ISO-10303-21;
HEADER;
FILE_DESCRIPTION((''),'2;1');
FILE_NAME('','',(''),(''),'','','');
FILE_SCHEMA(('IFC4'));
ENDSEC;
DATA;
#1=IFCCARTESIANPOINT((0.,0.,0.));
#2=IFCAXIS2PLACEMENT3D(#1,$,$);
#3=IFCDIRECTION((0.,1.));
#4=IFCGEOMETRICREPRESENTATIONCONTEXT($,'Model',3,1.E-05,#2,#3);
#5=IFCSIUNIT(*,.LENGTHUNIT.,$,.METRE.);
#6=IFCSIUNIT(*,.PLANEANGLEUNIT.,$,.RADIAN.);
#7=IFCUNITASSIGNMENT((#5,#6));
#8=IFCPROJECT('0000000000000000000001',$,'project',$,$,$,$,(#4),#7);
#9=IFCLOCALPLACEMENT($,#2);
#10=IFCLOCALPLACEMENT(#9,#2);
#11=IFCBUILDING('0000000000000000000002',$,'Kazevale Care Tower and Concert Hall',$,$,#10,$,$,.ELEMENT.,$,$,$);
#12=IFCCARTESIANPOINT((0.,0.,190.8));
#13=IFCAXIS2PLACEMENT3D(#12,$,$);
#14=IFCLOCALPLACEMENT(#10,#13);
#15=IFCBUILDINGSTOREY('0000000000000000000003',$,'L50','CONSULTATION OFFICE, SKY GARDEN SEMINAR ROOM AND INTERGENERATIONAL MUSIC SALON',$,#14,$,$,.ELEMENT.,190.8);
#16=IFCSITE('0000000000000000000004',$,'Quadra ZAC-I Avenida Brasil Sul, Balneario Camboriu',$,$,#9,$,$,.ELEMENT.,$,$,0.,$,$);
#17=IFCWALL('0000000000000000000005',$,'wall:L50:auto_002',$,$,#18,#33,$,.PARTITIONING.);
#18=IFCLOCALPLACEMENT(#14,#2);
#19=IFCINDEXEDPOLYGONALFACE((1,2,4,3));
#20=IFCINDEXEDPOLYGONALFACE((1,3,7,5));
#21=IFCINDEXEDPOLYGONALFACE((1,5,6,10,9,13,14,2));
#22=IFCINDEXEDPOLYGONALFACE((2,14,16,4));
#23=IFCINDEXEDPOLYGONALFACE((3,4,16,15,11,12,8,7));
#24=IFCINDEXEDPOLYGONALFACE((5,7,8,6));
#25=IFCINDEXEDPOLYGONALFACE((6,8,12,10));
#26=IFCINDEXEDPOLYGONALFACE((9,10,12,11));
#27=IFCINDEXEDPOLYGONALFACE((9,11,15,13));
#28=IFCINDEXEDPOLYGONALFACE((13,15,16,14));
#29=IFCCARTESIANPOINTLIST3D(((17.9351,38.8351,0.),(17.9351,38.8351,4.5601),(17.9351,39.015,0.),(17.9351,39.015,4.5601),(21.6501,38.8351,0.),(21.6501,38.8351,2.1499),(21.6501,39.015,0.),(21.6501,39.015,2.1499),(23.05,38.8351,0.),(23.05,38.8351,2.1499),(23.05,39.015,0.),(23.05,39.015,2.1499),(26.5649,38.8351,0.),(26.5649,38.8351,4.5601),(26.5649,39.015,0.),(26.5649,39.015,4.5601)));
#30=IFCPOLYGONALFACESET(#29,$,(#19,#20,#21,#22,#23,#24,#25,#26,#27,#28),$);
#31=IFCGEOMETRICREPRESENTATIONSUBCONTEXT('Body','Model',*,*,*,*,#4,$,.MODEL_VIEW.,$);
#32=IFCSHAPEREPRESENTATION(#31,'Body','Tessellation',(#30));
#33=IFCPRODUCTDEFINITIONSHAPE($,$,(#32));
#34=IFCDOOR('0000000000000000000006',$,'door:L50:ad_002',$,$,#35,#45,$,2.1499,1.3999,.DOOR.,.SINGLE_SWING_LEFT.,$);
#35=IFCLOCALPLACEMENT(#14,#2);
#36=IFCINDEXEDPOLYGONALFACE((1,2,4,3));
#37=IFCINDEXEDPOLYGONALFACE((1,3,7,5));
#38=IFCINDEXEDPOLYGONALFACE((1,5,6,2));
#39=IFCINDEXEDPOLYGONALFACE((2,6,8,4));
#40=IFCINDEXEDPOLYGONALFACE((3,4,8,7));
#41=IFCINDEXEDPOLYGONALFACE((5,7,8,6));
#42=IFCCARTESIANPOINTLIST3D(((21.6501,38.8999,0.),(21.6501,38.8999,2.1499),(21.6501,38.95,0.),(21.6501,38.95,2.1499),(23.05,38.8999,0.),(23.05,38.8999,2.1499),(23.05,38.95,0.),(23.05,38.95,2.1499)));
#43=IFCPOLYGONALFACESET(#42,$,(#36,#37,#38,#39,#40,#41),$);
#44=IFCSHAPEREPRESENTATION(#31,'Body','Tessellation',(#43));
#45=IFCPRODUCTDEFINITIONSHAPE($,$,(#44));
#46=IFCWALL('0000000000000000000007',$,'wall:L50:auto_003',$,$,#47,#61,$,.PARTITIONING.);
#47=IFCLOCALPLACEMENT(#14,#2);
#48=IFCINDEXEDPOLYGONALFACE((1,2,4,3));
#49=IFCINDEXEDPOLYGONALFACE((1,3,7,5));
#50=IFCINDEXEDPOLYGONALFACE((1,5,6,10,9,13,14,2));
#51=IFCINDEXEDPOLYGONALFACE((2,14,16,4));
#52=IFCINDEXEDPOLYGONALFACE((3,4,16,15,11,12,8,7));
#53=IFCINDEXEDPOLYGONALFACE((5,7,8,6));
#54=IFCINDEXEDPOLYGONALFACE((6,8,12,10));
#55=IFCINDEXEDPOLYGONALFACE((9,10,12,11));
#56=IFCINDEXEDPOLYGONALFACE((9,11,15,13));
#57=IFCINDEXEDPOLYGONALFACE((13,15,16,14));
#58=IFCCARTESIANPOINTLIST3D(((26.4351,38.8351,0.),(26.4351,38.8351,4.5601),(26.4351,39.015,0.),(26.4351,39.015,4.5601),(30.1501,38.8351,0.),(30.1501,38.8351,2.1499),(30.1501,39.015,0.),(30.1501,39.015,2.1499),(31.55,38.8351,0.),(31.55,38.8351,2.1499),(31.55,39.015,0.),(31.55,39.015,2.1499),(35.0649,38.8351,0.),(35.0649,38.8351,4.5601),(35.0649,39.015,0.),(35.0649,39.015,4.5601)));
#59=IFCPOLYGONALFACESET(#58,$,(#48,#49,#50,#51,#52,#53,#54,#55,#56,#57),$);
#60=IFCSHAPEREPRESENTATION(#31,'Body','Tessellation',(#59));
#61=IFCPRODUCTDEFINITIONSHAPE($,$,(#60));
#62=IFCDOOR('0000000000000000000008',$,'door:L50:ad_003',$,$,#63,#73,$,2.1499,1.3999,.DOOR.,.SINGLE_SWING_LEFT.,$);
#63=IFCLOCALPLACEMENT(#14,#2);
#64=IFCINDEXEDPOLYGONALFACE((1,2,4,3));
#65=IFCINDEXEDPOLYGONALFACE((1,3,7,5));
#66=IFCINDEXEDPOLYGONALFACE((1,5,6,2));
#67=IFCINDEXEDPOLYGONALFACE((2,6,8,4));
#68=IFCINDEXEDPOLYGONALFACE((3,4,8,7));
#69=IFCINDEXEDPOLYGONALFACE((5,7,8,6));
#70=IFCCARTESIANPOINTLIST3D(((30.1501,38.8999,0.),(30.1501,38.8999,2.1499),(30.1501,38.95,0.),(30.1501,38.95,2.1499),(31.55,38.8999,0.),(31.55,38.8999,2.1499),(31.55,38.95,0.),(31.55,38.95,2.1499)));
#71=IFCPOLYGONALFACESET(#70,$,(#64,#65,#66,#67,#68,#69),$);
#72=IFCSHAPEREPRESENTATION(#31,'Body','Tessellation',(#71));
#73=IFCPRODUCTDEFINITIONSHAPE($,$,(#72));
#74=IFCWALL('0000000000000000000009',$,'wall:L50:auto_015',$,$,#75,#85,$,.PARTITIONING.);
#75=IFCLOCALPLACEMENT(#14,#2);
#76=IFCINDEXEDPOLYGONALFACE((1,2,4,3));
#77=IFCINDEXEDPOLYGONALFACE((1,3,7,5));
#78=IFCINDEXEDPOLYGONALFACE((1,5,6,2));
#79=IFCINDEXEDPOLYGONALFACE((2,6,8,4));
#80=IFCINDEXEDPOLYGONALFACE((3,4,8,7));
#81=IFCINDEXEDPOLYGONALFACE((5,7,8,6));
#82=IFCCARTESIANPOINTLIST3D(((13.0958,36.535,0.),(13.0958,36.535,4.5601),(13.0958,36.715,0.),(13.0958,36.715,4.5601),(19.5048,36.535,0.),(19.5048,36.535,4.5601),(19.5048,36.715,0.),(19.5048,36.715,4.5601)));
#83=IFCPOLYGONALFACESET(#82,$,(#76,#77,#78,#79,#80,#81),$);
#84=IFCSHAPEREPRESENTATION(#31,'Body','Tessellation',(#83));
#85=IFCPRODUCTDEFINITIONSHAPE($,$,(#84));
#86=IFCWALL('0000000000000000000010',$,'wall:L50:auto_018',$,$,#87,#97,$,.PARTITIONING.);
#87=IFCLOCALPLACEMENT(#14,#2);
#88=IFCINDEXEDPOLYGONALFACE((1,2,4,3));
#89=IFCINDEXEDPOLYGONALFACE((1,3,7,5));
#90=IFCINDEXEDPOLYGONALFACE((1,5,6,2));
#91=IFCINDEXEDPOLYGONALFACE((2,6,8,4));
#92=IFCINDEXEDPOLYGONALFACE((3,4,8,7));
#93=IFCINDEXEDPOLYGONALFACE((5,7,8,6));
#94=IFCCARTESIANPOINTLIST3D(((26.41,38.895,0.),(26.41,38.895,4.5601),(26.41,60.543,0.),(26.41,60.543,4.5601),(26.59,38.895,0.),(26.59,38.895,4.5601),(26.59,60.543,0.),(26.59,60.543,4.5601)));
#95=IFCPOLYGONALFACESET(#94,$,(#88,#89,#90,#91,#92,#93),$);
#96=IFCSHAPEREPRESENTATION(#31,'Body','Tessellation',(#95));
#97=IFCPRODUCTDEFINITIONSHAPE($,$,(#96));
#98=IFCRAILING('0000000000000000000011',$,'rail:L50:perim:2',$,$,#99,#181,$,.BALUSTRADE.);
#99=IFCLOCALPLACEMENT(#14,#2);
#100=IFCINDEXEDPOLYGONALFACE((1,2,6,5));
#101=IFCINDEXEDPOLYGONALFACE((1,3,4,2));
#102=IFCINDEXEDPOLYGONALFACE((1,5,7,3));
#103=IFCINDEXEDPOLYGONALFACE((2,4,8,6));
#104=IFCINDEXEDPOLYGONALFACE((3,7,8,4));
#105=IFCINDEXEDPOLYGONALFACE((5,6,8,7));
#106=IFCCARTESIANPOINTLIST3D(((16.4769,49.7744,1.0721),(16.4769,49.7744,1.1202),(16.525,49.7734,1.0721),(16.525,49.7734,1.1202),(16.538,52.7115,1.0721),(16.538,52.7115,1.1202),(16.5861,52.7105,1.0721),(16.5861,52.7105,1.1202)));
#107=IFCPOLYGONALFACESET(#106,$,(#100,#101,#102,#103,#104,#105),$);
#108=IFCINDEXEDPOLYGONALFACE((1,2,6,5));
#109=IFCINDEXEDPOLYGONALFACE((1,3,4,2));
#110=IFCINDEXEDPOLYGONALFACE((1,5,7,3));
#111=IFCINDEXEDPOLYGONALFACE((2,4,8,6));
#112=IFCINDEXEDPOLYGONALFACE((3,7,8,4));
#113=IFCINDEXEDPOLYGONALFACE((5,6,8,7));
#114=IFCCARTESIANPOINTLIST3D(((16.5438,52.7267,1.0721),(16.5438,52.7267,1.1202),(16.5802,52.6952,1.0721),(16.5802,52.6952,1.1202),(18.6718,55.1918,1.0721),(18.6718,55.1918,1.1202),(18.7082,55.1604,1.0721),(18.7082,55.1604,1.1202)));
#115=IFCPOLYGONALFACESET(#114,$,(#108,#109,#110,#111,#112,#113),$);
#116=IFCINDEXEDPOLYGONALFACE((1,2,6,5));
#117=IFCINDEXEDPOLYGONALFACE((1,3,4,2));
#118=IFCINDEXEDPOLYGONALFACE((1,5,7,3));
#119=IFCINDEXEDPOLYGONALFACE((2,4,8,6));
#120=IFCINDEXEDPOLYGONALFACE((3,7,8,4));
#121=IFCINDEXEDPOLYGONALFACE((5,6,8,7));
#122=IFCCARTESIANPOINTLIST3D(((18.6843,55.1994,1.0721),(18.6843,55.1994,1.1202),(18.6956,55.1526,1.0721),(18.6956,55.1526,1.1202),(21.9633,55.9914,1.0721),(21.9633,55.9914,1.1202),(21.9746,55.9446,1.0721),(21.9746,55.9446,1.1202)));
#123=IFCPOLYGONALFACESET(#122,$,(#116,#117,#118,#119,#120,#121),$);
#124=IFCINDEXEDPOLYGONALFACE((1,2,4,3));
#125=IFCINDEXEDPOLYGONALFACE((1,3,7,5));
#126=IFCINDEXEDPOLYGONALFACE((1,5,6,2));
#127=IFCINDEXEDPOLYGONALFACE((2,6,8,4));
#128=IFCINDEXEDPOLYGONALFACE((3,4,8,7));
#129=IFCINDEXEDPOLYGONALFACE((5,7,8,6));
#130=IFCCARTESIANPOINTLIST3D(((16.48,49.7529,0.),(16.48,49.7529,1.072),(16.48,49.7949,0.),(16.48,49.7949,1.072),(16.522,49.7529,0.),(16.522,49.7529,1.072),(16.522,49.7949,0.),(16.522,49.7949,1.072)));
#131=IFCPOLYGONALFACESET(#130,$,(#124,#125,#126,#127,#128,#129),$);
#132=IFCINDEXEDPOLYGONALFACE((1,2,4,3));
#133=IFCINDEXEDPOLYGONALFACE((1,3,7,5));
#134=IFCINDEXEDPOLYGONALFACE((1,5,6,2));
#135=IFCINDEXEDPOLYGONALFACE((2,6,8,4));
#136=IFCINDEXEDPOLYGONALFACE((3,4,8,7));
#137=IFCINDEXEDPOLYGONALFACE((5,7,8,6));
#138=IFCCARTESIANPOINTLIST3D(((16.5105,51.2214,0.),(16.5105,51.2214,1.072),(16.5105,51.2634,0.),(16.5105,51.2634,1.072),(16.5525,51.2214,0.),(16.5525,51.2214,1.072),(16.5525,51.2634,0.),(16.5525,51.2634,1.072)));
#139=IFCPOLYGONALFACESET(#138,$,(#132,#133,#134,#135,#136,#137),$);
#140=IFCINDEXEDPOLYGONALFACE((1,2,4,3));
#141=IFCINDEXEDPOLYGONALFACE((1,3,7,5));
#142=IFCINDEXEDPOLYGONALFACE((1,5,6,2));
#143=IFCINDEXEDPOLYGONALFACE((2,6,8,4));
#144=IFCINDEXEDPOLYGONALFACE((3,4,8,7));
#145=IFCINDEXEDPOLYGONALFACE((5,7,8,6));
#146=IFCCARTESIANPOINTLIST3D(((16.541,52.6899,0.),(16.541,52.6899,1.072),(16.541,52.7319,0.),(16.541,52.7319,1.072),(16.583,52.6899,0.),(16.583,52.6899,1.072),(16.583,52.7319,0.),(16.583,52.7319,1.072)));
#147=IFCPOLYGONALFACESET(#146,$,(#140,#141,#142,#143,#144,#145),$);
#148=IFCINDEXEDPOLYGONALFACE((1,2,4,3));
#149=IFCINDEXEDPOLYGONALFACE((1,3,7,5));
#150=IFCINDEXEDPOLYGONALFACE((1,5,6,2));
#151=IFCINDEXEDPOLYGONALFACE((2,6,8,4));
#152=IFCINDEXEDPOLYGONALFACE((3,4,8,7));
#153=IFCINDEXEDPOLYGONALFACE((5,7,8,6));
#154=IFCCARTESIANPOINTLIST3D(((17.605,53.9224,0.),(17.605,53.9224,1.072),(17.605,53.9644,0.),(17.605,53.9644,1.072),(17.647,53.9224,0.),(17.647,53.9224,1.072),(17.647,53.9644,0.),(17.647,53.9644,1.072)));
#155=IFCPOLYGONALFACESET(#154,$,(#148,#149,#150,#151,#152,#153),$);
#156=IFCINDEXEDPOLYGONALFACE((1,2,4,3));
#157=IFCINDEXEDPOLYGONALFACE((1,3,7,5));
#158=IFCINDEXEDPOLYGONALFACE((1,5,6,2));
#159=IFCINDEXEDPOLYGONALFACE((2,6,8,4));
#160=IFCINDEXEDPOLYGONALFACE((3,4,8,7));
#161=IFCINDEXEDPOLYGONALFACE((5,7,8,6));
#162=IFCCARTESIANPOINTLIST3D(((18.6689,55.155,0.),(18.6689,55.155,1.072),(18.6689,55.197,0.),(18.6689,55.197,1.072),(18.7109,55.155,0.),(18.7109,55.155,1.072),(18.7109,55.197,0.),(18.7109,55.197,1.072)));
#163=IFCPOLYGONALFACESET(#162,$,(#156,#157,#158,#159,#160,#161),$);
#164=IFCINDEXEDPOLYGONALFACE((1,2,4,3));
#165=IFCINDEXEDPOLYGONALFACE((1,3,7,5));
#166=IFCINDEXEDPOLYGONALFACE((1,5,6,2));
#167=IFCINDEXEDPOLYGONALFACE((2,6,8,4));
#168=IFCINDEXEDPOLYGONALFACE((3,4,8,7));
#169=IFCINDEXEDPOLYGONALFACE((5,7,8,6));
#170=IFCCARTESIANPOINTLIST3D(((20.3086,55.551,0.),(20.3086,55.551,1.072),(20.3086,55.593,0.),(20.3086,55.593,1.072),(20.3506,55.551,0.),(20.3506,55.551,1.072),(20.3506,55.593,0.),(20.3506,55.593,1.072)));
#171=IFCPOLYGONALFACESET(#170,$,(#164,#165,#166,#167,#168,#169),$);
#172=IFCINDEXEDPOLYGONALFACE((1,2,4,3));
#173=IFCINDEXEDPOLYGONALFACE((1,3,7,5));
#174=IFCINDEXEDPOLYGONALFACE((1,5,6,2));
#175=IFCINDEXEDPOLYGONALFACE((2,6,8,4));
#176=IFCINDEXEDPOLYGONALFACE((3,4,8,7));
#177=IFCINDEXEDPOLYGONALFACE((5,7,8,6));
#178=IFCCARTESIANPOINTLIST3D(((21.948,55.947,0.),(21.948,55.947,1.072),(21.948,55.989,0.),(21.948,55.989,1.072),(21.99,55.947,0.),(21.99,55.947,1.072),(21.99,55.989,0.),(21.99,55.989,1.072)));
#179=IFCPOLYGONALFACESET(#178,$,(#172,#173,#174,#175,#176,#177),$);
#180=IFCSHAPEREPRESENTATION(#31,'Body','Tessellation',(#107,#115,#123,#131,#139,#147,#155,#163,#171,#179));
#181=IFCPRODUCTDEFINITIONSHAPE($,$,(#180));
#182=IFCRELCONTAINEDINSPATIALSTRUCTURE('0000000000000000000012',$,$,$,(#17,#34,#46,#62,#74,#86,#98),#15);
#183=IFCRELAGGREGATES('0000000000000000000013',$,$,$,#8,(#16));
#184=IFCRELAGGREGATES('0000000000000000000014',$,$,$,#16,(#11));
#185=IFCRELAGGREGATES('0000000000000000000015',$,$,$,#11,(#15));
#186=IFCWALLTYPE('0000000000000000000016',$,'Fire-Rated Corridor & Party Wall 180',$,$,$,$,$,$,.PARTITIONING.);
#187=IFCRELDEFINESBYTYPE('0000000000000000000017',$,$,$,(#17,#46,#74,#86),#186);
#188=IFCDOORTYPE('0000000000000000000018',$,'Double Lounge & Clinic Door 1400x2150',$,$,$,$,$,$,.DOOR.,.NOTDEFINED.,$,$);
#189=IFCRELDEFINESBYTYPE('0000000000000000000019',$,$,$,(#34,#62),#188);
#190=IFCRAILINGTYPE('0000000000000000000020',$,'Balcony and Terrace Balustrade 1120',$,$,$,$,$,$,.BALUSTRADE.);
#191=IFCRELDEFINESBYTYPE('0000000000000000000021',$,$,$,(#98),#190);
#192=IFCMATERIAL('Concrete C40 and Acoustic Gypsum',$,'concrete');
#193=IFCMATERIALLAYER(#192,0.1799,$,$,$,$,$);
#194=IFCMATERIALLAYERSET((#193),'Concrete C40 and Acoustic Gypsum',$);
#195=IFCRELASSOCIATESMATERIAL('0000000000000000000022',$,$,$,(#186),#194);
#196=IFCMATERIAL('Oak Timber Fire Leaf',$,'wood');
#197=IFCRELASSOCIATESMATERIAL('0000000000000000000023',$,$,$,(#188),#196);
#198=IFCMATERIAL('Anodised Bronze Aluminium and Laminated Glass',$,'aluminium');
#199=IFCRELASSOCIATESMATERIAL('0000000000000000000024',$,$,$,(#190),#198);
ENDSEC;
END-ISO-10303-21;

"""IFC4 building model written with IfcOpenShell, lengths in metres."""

from ifc_helpers import new_model, si_unit, direction, frame, frame_2d, origin, origin_2d, place, context, subcontext, project, spatial, rectangle, extrude, material, layer, layer_set, type_object, element, fill, save


model = new_model("IFC4")

# Units and contexts
model_context = context("Model", 3, precision=1e-05, world=origin(), true_north=direction((0.0, 1.0)))
body_context = subcontext(model_context, "Body", "Model", "MODEL_VIEW")
ifc_project = project(units=[si_unit("LENGTHUNIT", "METRE"), si_unit("PLANEANGLEUNIT", "RADIAN")], contexts=[model_context])

# Site, building, storey
site_placement = place(None, origin())
site = spatial("IfcSite", under=ifc_project, at=site_placement, Name="Quadra ZAC-I Avenida Brasil Sul, Balneario Camboriu", CompositionType="ELEMENT", RefElevation=0.0)
building_placement = place(site_placement, origin())
building = spatial("IfcBuilding", under=site, at=building_placement, Name="Kazevale Care Tower and Concert Hall", CompositionType="ELEMENT")
storey_placement = place(building_placement, frame((0.0, 0.0, 190.8)))
storey = spatial("IfcBuildingStorey", under=building, at=storey_placement, Name="L50", Description="CONSULTATION OFFICE, SKY GARDEN SEMINAR ROOM AND INTERGENERATIONAL MUSIC SALON", CompositionType="ELEMENT", Elevation=190.8)

# Walls, openings, doors
ifc_material_1 = material(Name="Concrete C40 and Acoustic Gypsum", Category="concrete")
ifc_layer_1 = layer(ifc_material_1, 0.1799)
ifc_layer_set_1 = layer_set([ifc_layer_1], Name="Concrete C40 and Acoustic Gypsum")
wall_type_1 = type_object("IfcWallType", Name="Fire-Rated Corridor & Party Wall 180", PredefinedType="PARTITIONING", material=ifc_layer_set_1)
ifc_material_2 = material(Name="Oak Timber Fire Leaf", Category="wood")
wall_1_placement = place(storey_placement, frame((17.9351, 38.925, 0.0), z_axis=(0.0, 0.0, 1.0), x_axis=(1.0, 0.0, 0.0)))
wall_1 = element("IfcWall", 1, at=wall_1_placement, inside=storey, type_object=wall_type_1, Name="wall:L50:auto_002", PredefinedType="PARTITIONING", context=body_context, shape_type="SweptSolid", body=[
    extrude(rectangle(XDim=8.6299, YDim=0.1799, at=frame_2d((4.3149, 0.0))), origin(), (0.0, 0.0, 1.0), 4.5601),
])
opening_1_placement = place(wall_1_placement, frame((3.7151, 0.0, 0.0)))
opening_1 = element("IfcOpeningElement", 2, at=opening_1_placement, cuts=wall_1, PredefinedType="OPENING", context=body_context, shape_type="SweptSolid", body=[
    extrude(rectangle(XDim=1.3999, YDim=2.1499, at=frame_2d((0.7, 1.075))), frame((0.0, 0.0999, 0.0), z_axis=(0.0, -1.0, 0.0), x_axis=(1.0, 0.0, 0.0)), (0.0, 0.0, 1.0), 0.2),
])
door_type_1 = type_object("IfcDoorType", Name="Double Lounge & Clinic Door 1400x2150", OperationType="NOTDEFINED", PredefinedType="DOOR", material=ifc_material_2)
door_1_placement = place(opening_1_placement, origin())
door_1 = element("IfcDoor", 3, at=door_1_placement, inside=storey, type_object=door_type_1, Name="door:L50:ad_002", OperationType="SINGLE_SWING_LEFT", OverallHeight=2.1499, OverallWidth=1.3999, PredefinedType="DOOR", context=body_context, shape_type="SweptSolid", body=[
    extrude(rectangle(XDim=1.3999, YDim=2.1499, at=frame_2d((0.7, 1.075))), frame((0.0, 0.0249, 0.0), z_axis=(0.0, -1.0, 0.0), x_axis=(1.0, 0.0, 0.0)), (0.0, 0.0, 1.0), 0.05),
])
fill(opening_1, door_1)
wall_2_placement = place(storey_placement, frame((26.4351, 38.925, 0.0), z_axis=(0.0, 0.0, 1.0), x_axis=(1.0, 0.0, 0.0)))
wall_2 = element("IfcWall", 4, at=wall_2_placement, inside=storey, type_object=wall_type_1, Name="wall:L50:auto_003", PredefinedType="PARTITIONING", context=body_context, shape_type="SweptSolid", body=[
    extrude(rectangle(XDim=8.6299, YDim=0.1799, at=frame_2d((4.3149, 0.0))), origin(), (0.0, 0.0, 1.0), 4.5601),
])
opening_2_placement = place(wall_2_placement, frame((3.7151, 0.0, 0.0)))
opening_2 = element("IfcOpeningElement", 5, at=opening_2_placement, cuts=wall_2, PredefinedType="OPENING", context=body_context, shape_type="SweptSolid", body=[
    extrude(rectangle(XDim=1.3999, YDim=2.1499, at=frame_2d((0.7, 1.075))), frame((0.0, 0.0999, 0.0), z_axis=(0.0, -1.0, 0.0), x_axis=(1.0, 0.0, 0.0)), (0.0, 0.0, 1.0), 0.2),
])
door_2_placement = place(opening_2_placement, origin())
door_2 = element("IfcDoor", 6, at=door_2_placement, inside=storey, type_object=door_type_1, Name="door:L50:ad_003", OperationType="SINGLE_SWING_LEFT", OverallHeight=2.1499, OverallWidth=1.3999, PredefinedType="DOOR", context=body_context, shape_type="SweptSolid", body=[
    extrude(rectangle(XDim=1.3999, YDim=2.1499, at=frame_2d((0.7, 1.075))), frame((0.0, 0.0249, 0.0), z_axis=(0.0, -1.0, 0.0), x_axis=(1.0, 0.0, 0.0)), (0.0, 0.0, 1.0), 0.05),
])
fill(opening_2, door_2)

# Walls
wall_3_placement = place(storey_placement, frame((19.5049, 36.625, 0.0), z_axis=(0.0, 0.0, 1.0), x_axis=(-1.0, 0.0, 0.0)))
element("IfcWall", 7, at=wall_3_placement, inside=storey, type_object=wall_type_1, Name="wall:L50:auto_015", PredefinedType="PARTITIONING", context=body_context, shape_type="SweptSolid", body=[
    extrude(rectangle(XDim=6.4089, YDim=0.1799, at=frame_2d((3.2046, 0.0))), origin(), (0.0, 0.0, 1.0), 4.5601),
])
wall_4_placement = place(storey_placement, frame((26.5, 60.543, 0.0), z_axis=(0.0, 0.0, 1.0), x_axis=(0.0, -1.0, 0.0)))
element("IfcWall", 8, at=wall_4_placement, inside=storey, type_object=wall_type_1, Name="wall:L50:auto_018", PredefinedType="PARTITIONING", context=body_context, shape_type="SweptSolid", body=[
    extrude(rectangle(XDim=21.6479, YDim=0.1799, at=frame_2d((10.824, 0.0))), origin(), (0.0, 0.0, 1.0), 4.5601),
])

# Railing
ifc_material_3 = material(Name="Anodised Bronze Aluminium and Laminated Glass", Category="aluminium")
railing_type = type_object("IfcRailingType", Name="Balcony and Terrace Balustrade 1120", PredefinedType="BALUSTRADE", material=ifc_material_3)
railing_1_placement = place(storey_placement, frame((16.501, 49.7739, 0.0)))
element("IfcRailing", 9, at=railing_1_placement, inside=storey, type_object=railing_type, Name="rail:L50:perim:2", PredefinedType="BALUSTRADE", context=body_context, shape_type="SweptSolid", body=[
    extrude(rectangle(XDim=0.0481, YDim=0.0481, at=origin_2d()), frame((0.0, 0.0, 1.0962), z_axis=(0.020777, 0.999784, 0.0), x_axis=(-0.999784, 0.020777, 0.0)), (0.0, 0.0, 1.0), 2.9377),
    extrude(rectangle(XDim=0.0481, YDim=0.0481, at=origin_2d()), frame((0.061, 2.937, 1.0962), z_axis=(0.653442, 0.756976, 0.0), x_axis=(-0.756976, 0.653442, 0.0)), (0.0, 0.0, 1.0), 3.2566),
    extrude(rectangle(XDim=0.0481, YDim=0.0481, at=origin_2d()), frame((2.189, 5.4021, 1.0962), z_axis=(0.972049, 0.23478, 0.0), x_axis=(-0.23478, 0.972049, 0.0)), (0.0, 0.0, 1.0), 3.3733),
    extrude(rectangle(XDim=0.042, YDim=0.042, at=origin_2d()), origin(), (0.0, 0.0, 1.0), 1.072),
    extrude(rectangle(XDim=0.042, YDim=0.042, at=origin_2d()), frame((0.0305, 1.4685, 0.0)), (0.0, 0.0, 1.0), 1.072),
    extrude(rectangle(XDim=0.042, YDim=0.042, at=origin_2d()), frame((0.061, 2.937, 0.0)), (0.0, 0.0, 1.0), 1.072),
    extrude(rectangle(XDim=0.042, YDim=0.042, at=origin_2d()), frame((1.125, 4.1694, 0.0)), (0.0, 0.0, 1.0), 1.072),
    extrude(rectangle(XDim=0.042, YDim=0.042, at=origin_2d()), frame((2.189, 5.4021, 0.0)), (0.0, 0.0, 1.0), 1.072),
    extrude(rectangle(XDim=0.042, YDim=0.042, at=origin_2d()), frame((3.8286, 5.7981, 0.0)), (0.0, 0.0, 1.0), 1.072),
    extrude(rectangle(XDim=0.042, YDim=0.042, at=origin_2d()), frame((5.468, 6.1941, 0.0)), (0.0, 0.0, 1.0), 1.072),
])

save(model, "model.ifc")
